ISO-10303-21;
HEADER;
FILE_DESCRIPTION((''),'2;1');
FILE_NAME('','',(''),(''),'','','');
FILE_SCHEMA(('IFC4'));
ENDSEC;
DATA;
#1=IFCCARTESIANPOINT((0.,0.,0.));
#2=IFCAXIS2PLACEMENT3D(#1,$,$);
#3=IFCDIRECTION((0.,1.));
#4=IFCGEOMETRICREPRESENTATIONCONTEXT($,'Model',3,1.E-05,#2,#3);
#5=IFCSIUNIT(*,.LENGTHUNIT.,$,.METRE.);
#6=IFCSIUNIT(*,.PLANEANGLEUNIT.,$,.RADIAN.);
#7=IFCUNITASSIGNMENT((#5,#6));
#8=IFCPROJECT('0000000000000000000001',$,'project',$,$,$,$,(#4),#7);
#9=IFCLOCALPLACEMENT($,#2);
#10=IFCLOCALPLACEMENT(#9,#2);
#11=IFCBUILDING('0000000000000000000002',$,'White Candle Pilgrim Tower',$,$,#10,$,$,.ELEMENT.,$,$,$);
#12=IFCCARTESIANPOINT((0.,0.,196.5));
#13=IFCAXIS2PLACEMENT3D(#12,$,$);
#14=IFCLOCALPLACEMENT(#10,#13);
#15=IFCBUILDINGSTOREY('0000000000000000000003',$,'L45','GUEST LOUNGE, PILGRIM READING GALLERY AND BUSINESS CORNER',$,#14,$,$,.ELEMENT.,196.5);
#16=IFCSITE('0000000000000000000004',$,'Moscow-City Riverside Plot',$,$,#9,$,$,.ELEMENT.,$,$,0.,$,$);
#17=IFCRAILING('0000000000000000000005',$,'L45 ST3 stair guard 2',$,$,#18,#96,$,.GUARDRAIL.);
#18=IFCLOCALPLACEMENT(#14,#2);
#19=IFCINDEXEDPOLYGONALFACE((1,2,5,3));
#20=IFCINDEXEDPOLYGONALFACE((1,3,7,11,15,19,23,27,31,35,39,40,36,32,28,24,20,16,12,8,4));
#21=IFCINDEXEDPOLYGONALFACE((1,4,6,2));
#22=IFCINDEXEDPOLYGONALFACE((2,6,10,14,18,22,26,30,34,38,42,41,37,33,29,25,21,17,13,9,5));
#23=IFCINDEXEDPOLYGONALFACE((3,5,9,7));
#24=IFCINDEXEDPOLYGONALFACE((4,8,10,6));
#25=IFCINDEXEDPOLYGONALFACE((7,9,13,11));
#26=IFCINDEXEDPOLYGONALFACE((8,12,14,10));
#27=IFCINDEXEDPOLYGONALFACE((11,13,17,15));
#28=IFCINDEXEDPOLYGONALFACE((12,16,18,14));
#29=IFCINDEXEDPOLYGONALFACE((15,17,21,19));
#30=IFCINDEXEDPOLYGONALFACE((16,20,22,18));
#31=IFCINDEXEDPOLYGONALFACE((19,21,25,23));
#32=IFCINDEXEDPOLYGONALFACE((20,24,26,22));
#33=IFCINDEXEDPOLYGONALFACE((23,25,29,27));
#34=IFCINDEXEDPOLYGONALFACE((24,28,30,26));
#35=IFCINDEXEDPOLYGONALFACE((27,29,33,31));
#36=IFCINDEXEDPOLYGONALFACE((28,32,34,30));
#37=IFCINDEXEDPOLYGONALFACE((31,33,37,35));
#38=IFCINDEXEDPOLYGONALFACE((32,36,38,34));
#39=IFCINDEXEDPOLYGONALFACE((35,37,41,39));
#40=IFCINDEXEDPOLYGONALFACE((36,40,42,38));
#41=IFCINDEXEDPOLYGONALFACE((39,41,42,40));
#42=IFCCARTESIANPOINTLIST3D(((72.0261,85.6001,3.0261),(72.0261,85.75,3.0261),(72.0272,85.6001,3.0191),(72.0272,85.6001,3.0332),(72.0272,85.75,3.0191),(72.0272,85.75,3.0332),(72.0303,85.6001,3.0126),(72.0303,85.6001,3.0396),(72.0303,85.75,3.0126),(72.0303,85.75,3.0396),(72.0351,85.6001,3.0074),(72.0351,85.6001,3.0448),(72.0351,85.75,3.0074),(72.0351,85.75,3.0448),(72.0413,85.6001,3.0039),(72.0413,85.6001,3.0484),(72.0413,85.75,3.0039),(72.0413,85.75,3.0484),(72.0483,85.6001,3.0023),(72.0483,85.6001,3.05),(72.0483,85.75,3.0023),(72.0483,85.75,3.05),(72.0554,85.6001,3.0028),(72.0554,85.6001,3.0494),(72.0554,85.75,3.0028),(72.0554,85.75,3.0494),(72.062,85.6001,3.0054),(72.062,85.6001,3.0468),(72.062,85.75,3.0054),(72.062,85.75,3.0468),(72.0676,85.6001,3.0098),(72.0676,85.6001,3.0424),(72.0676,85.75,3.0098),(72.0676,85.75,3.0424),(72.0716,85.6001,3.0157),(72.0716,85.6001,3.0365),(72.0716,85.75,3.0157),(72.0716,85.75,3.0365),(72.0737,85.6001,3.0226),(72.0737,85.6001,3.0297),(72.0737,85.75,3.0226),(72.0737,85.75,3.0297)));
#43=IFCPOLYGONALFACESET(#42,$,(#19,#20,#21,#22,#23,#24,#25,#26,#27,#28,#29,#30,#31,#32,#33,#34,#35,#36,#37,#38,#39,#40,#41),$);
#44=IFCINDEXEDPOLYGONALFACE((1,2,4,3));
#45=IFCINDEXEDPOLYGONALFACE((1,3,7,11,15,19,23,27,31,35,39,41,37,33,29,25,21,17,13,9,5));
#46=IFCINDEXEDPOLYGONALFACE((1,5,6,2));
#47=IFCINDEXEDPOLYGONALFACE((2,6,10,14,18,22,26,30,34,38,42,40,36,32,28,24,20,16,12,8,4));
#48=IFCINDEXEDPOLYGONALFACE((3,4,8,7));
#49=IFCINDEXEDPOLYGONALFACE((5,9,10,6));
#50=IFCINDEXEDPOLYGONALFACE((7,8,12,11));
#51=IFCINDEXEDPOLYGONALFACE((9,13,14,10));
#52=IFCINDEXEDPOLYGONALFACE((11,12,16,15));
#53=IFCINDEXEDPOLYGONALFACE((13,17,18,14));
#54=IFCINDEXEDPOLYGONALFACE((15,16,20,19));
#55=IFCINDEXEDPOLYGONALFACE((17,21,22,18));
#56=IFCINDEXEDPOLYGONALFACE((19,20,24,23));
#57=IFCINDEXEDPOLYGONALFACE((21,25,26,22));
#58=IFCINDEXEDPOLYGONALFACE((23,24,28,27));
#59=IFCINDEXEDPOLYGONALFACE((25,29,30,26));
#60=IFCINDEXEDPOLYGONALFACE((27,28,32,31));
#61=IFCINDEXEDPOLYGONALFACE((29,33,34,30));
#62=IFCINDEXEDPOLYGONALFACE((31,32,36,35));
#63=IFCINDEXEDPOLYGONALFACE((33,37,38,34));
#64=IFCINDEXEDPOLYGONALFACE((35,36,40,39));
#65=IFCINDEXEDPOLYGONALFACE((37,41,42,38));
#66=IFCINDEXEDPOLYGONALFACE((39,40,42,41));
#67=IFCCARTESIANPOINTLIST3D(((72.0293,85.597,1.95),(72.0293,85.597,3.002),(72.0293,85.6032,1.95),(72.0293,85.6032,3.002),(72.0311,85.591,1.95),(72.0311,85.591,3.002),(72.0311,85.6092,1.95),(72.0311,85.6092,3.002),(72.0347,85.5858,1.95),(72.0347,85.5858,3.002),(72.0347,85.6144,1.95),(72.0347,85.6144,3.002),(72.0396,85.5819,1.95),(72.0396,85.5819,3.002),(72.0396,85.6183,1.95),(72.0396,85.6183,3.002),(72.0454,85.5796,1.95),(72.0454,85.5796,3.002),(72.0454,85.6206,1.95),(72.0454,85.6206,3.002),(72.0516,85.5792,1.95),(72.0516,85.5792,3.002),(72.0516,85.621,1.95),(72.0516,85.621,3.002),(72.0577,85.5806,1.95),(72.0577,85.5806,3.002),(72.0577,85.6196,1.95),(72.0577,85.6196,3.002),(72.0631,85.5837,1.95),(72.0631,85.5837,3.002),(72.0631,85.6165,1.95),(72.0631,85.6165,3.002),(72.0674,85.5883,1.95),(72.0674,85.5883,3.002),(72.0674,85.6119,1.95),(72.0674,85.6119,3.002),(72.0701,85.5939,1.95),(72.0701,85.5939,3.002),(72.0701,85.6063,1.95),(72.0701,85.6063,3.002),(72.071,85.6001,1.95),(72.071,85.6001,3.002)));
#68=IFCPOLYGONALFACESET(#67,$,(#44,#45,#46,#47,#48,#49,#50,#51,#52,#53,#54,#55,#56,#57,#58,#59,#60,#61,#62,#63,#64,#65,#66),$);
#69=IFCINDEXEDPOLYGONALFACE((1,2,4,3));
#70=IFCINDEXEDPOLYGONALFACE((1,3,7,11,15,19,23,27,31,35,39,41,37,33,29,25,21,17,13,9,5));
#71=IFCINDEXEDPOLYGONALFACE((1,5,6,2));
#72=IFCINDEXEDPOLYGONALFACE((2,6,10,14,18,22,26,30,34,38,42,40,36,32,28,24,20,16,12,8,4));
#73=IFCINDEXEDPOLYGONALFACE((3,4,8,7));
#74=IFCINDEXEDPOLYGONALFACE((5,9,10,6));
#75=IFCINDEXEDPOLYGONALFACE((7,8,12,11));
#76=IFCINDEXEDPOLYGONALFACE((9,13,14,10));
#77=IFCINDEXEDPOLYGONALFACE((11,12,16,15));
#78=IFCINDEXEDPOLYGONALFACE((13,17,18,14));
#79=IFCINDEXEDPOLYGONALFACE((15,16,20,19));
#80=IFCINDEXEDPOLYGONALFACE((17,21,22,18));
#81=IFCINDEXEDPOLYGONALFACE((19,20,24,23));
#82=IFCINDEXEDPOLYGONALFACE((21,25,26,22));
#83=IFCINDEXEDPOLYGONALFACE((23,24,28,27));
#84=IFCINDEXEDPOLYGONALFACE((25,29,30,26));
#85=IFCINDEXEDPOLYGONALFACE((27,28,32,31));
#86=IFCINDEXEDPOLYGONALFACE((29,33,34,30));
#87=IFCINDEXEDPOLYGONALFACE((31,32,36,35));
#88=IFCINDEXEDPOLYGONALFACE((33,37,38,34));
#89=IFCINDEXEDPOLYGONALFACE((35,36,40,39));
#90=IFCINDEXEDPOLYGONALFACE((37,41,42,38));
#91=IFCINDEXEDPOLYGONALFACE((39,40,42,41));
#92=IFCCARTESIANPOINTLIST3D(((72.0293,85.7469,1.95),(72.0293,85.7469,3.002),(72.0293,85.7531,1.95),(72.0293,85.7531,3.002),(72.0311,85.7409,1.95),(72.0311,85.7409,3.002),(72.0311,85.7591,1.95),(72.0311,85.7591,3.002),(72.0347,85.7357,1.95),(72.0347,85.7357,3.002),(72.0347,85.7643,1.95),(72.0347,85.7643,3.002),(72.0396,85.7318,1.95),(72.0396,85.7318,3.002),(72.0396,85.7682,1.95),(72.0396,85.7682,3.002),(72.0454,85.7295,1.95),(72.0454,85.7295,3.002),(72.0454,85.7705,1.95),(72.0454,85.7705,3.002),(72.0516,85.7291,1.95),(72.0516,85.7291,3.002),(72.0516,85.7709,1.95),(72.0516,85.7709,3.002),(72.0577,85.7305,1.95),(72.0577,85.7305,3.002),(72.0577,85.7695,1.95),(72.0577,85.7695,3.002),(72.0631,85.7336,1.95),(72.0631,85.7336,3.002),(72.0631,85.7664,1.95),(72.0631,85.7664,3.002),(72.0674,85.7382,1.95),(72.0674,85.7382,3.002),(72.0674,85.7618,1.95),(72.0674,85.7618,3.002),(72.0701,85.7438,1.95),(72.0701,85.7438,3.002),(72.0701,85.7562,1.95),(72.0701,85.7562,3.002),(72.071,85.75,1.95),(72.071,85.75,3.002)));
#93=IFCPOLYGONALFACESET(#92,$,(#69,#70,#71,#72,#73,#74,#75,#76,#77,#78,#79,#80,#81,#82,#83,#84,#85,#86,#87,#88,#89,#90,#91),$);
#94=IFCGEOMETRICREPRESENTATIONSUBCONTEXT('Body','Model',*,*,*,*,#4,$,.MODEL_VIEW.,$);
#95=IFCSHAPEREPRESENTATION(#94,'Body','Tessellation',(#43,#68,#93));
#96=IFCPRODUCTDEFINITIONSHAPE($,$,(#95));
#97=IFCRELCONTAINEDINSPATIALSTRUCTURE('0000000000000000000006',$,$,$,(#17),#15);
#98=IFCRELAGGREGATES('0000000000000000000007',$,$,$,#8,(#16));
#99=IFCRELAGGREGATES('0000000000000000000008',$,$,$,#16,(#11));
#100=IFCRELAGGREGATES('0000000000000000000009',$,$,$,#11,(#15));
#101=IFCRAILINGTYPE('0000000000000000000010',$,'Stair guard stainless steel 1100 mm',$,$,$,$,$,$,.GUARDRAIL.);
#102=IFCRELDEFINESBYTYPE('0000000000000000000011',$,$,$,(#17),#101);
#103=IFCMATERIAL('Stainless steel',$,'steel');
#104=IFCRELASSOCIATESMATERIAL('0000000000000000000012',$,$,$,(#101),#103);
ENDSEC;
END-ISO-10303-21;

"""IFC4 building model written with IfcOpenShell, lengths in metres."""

from ifc_helpers import new_model, si_unit, direction, frame, origin, origin_2d, place, context, subcontext, project, spatial, circle, extrude, material, type_object, element, save


model = new_model("IFC4")

# Units and contexts
model_context = context("Model", 3, precision=1e-05, world=origin(), true_north=direction((0.0, 1.0)))
body_context = subcontext(model_context, "Body", "Model", "MODEL_VIEW")
ifc_project = project(units=[si_unit("LENGTHUNIT", "METRE"), si_unit("PLANEANGLEUNIT", "RADIAN")], contexts=[model_context])

# Site, building, storey
site_placement = place(None, origin())
site = spatial("IfcSite", under=ifc_project, at=site_placement, Name="Moscow-City Riverside Plot", CompositionType="ELEMENT", RefElevation=0.0)
building_placement = place(site_placement, origin())
building = spatial("IfcBuilding", under=site, at=building_placement, Name="White Candle Pilgrim Tower", CompositionType="ELEMENT")
storey_placement = place(building_placement, frame((0.0, 0.0, 196.5)))
storey = spatial("IfcBuildingStorey", under=building, at=storey_placement, Name="L45", Description="GUEST LOUNGE, PILGRIM READING GALLERY AND BUSINESS CORNER", CompositionType="ELEMENT", Elevation=196.5)

# Railing
ifc_material_1 = material(Name="Stainless steel", Category="steel")
railing_type_1 = type_object("IfcRailingType", Name="Stair guard stainless steel 1100 mm", PredefinedType="GUARDRAIL", material=ifc_material_1)
railing_1_placement = place(storey_placement, frame((72.05, 85.6001, 1.95)))
element("IfcRailing", 1, at=railing_1_placement, inside=storey, type_object=railing_type_1, Name="L45 ST3 stair guard 2", PredefinedType="GUARDRAIL", context=body_context, shape_type="SweptSolid", body=[
    extrude(circle(Radius=0.0239, at=origin_2d()), frame((0.0, 0.0, 1.0762), z_axis=(0.0, 1.0, 0.0), x_axis=(-1.0, 0.0, 0.0)), (0.0, 0.0, 1.0), 0.1499),
    extrude(circle(Radius=0.021, at=origin_2d()), origin(), (0.0, 0.0, 1.0), 1.052),
    extrude(circle(Radius=0.021, at=origin_2d()), frame((0.0, 0.1499, 0.0)), (0.0, 0.0, 1.0), 1.052),
])

save(model, "model.ifc")
